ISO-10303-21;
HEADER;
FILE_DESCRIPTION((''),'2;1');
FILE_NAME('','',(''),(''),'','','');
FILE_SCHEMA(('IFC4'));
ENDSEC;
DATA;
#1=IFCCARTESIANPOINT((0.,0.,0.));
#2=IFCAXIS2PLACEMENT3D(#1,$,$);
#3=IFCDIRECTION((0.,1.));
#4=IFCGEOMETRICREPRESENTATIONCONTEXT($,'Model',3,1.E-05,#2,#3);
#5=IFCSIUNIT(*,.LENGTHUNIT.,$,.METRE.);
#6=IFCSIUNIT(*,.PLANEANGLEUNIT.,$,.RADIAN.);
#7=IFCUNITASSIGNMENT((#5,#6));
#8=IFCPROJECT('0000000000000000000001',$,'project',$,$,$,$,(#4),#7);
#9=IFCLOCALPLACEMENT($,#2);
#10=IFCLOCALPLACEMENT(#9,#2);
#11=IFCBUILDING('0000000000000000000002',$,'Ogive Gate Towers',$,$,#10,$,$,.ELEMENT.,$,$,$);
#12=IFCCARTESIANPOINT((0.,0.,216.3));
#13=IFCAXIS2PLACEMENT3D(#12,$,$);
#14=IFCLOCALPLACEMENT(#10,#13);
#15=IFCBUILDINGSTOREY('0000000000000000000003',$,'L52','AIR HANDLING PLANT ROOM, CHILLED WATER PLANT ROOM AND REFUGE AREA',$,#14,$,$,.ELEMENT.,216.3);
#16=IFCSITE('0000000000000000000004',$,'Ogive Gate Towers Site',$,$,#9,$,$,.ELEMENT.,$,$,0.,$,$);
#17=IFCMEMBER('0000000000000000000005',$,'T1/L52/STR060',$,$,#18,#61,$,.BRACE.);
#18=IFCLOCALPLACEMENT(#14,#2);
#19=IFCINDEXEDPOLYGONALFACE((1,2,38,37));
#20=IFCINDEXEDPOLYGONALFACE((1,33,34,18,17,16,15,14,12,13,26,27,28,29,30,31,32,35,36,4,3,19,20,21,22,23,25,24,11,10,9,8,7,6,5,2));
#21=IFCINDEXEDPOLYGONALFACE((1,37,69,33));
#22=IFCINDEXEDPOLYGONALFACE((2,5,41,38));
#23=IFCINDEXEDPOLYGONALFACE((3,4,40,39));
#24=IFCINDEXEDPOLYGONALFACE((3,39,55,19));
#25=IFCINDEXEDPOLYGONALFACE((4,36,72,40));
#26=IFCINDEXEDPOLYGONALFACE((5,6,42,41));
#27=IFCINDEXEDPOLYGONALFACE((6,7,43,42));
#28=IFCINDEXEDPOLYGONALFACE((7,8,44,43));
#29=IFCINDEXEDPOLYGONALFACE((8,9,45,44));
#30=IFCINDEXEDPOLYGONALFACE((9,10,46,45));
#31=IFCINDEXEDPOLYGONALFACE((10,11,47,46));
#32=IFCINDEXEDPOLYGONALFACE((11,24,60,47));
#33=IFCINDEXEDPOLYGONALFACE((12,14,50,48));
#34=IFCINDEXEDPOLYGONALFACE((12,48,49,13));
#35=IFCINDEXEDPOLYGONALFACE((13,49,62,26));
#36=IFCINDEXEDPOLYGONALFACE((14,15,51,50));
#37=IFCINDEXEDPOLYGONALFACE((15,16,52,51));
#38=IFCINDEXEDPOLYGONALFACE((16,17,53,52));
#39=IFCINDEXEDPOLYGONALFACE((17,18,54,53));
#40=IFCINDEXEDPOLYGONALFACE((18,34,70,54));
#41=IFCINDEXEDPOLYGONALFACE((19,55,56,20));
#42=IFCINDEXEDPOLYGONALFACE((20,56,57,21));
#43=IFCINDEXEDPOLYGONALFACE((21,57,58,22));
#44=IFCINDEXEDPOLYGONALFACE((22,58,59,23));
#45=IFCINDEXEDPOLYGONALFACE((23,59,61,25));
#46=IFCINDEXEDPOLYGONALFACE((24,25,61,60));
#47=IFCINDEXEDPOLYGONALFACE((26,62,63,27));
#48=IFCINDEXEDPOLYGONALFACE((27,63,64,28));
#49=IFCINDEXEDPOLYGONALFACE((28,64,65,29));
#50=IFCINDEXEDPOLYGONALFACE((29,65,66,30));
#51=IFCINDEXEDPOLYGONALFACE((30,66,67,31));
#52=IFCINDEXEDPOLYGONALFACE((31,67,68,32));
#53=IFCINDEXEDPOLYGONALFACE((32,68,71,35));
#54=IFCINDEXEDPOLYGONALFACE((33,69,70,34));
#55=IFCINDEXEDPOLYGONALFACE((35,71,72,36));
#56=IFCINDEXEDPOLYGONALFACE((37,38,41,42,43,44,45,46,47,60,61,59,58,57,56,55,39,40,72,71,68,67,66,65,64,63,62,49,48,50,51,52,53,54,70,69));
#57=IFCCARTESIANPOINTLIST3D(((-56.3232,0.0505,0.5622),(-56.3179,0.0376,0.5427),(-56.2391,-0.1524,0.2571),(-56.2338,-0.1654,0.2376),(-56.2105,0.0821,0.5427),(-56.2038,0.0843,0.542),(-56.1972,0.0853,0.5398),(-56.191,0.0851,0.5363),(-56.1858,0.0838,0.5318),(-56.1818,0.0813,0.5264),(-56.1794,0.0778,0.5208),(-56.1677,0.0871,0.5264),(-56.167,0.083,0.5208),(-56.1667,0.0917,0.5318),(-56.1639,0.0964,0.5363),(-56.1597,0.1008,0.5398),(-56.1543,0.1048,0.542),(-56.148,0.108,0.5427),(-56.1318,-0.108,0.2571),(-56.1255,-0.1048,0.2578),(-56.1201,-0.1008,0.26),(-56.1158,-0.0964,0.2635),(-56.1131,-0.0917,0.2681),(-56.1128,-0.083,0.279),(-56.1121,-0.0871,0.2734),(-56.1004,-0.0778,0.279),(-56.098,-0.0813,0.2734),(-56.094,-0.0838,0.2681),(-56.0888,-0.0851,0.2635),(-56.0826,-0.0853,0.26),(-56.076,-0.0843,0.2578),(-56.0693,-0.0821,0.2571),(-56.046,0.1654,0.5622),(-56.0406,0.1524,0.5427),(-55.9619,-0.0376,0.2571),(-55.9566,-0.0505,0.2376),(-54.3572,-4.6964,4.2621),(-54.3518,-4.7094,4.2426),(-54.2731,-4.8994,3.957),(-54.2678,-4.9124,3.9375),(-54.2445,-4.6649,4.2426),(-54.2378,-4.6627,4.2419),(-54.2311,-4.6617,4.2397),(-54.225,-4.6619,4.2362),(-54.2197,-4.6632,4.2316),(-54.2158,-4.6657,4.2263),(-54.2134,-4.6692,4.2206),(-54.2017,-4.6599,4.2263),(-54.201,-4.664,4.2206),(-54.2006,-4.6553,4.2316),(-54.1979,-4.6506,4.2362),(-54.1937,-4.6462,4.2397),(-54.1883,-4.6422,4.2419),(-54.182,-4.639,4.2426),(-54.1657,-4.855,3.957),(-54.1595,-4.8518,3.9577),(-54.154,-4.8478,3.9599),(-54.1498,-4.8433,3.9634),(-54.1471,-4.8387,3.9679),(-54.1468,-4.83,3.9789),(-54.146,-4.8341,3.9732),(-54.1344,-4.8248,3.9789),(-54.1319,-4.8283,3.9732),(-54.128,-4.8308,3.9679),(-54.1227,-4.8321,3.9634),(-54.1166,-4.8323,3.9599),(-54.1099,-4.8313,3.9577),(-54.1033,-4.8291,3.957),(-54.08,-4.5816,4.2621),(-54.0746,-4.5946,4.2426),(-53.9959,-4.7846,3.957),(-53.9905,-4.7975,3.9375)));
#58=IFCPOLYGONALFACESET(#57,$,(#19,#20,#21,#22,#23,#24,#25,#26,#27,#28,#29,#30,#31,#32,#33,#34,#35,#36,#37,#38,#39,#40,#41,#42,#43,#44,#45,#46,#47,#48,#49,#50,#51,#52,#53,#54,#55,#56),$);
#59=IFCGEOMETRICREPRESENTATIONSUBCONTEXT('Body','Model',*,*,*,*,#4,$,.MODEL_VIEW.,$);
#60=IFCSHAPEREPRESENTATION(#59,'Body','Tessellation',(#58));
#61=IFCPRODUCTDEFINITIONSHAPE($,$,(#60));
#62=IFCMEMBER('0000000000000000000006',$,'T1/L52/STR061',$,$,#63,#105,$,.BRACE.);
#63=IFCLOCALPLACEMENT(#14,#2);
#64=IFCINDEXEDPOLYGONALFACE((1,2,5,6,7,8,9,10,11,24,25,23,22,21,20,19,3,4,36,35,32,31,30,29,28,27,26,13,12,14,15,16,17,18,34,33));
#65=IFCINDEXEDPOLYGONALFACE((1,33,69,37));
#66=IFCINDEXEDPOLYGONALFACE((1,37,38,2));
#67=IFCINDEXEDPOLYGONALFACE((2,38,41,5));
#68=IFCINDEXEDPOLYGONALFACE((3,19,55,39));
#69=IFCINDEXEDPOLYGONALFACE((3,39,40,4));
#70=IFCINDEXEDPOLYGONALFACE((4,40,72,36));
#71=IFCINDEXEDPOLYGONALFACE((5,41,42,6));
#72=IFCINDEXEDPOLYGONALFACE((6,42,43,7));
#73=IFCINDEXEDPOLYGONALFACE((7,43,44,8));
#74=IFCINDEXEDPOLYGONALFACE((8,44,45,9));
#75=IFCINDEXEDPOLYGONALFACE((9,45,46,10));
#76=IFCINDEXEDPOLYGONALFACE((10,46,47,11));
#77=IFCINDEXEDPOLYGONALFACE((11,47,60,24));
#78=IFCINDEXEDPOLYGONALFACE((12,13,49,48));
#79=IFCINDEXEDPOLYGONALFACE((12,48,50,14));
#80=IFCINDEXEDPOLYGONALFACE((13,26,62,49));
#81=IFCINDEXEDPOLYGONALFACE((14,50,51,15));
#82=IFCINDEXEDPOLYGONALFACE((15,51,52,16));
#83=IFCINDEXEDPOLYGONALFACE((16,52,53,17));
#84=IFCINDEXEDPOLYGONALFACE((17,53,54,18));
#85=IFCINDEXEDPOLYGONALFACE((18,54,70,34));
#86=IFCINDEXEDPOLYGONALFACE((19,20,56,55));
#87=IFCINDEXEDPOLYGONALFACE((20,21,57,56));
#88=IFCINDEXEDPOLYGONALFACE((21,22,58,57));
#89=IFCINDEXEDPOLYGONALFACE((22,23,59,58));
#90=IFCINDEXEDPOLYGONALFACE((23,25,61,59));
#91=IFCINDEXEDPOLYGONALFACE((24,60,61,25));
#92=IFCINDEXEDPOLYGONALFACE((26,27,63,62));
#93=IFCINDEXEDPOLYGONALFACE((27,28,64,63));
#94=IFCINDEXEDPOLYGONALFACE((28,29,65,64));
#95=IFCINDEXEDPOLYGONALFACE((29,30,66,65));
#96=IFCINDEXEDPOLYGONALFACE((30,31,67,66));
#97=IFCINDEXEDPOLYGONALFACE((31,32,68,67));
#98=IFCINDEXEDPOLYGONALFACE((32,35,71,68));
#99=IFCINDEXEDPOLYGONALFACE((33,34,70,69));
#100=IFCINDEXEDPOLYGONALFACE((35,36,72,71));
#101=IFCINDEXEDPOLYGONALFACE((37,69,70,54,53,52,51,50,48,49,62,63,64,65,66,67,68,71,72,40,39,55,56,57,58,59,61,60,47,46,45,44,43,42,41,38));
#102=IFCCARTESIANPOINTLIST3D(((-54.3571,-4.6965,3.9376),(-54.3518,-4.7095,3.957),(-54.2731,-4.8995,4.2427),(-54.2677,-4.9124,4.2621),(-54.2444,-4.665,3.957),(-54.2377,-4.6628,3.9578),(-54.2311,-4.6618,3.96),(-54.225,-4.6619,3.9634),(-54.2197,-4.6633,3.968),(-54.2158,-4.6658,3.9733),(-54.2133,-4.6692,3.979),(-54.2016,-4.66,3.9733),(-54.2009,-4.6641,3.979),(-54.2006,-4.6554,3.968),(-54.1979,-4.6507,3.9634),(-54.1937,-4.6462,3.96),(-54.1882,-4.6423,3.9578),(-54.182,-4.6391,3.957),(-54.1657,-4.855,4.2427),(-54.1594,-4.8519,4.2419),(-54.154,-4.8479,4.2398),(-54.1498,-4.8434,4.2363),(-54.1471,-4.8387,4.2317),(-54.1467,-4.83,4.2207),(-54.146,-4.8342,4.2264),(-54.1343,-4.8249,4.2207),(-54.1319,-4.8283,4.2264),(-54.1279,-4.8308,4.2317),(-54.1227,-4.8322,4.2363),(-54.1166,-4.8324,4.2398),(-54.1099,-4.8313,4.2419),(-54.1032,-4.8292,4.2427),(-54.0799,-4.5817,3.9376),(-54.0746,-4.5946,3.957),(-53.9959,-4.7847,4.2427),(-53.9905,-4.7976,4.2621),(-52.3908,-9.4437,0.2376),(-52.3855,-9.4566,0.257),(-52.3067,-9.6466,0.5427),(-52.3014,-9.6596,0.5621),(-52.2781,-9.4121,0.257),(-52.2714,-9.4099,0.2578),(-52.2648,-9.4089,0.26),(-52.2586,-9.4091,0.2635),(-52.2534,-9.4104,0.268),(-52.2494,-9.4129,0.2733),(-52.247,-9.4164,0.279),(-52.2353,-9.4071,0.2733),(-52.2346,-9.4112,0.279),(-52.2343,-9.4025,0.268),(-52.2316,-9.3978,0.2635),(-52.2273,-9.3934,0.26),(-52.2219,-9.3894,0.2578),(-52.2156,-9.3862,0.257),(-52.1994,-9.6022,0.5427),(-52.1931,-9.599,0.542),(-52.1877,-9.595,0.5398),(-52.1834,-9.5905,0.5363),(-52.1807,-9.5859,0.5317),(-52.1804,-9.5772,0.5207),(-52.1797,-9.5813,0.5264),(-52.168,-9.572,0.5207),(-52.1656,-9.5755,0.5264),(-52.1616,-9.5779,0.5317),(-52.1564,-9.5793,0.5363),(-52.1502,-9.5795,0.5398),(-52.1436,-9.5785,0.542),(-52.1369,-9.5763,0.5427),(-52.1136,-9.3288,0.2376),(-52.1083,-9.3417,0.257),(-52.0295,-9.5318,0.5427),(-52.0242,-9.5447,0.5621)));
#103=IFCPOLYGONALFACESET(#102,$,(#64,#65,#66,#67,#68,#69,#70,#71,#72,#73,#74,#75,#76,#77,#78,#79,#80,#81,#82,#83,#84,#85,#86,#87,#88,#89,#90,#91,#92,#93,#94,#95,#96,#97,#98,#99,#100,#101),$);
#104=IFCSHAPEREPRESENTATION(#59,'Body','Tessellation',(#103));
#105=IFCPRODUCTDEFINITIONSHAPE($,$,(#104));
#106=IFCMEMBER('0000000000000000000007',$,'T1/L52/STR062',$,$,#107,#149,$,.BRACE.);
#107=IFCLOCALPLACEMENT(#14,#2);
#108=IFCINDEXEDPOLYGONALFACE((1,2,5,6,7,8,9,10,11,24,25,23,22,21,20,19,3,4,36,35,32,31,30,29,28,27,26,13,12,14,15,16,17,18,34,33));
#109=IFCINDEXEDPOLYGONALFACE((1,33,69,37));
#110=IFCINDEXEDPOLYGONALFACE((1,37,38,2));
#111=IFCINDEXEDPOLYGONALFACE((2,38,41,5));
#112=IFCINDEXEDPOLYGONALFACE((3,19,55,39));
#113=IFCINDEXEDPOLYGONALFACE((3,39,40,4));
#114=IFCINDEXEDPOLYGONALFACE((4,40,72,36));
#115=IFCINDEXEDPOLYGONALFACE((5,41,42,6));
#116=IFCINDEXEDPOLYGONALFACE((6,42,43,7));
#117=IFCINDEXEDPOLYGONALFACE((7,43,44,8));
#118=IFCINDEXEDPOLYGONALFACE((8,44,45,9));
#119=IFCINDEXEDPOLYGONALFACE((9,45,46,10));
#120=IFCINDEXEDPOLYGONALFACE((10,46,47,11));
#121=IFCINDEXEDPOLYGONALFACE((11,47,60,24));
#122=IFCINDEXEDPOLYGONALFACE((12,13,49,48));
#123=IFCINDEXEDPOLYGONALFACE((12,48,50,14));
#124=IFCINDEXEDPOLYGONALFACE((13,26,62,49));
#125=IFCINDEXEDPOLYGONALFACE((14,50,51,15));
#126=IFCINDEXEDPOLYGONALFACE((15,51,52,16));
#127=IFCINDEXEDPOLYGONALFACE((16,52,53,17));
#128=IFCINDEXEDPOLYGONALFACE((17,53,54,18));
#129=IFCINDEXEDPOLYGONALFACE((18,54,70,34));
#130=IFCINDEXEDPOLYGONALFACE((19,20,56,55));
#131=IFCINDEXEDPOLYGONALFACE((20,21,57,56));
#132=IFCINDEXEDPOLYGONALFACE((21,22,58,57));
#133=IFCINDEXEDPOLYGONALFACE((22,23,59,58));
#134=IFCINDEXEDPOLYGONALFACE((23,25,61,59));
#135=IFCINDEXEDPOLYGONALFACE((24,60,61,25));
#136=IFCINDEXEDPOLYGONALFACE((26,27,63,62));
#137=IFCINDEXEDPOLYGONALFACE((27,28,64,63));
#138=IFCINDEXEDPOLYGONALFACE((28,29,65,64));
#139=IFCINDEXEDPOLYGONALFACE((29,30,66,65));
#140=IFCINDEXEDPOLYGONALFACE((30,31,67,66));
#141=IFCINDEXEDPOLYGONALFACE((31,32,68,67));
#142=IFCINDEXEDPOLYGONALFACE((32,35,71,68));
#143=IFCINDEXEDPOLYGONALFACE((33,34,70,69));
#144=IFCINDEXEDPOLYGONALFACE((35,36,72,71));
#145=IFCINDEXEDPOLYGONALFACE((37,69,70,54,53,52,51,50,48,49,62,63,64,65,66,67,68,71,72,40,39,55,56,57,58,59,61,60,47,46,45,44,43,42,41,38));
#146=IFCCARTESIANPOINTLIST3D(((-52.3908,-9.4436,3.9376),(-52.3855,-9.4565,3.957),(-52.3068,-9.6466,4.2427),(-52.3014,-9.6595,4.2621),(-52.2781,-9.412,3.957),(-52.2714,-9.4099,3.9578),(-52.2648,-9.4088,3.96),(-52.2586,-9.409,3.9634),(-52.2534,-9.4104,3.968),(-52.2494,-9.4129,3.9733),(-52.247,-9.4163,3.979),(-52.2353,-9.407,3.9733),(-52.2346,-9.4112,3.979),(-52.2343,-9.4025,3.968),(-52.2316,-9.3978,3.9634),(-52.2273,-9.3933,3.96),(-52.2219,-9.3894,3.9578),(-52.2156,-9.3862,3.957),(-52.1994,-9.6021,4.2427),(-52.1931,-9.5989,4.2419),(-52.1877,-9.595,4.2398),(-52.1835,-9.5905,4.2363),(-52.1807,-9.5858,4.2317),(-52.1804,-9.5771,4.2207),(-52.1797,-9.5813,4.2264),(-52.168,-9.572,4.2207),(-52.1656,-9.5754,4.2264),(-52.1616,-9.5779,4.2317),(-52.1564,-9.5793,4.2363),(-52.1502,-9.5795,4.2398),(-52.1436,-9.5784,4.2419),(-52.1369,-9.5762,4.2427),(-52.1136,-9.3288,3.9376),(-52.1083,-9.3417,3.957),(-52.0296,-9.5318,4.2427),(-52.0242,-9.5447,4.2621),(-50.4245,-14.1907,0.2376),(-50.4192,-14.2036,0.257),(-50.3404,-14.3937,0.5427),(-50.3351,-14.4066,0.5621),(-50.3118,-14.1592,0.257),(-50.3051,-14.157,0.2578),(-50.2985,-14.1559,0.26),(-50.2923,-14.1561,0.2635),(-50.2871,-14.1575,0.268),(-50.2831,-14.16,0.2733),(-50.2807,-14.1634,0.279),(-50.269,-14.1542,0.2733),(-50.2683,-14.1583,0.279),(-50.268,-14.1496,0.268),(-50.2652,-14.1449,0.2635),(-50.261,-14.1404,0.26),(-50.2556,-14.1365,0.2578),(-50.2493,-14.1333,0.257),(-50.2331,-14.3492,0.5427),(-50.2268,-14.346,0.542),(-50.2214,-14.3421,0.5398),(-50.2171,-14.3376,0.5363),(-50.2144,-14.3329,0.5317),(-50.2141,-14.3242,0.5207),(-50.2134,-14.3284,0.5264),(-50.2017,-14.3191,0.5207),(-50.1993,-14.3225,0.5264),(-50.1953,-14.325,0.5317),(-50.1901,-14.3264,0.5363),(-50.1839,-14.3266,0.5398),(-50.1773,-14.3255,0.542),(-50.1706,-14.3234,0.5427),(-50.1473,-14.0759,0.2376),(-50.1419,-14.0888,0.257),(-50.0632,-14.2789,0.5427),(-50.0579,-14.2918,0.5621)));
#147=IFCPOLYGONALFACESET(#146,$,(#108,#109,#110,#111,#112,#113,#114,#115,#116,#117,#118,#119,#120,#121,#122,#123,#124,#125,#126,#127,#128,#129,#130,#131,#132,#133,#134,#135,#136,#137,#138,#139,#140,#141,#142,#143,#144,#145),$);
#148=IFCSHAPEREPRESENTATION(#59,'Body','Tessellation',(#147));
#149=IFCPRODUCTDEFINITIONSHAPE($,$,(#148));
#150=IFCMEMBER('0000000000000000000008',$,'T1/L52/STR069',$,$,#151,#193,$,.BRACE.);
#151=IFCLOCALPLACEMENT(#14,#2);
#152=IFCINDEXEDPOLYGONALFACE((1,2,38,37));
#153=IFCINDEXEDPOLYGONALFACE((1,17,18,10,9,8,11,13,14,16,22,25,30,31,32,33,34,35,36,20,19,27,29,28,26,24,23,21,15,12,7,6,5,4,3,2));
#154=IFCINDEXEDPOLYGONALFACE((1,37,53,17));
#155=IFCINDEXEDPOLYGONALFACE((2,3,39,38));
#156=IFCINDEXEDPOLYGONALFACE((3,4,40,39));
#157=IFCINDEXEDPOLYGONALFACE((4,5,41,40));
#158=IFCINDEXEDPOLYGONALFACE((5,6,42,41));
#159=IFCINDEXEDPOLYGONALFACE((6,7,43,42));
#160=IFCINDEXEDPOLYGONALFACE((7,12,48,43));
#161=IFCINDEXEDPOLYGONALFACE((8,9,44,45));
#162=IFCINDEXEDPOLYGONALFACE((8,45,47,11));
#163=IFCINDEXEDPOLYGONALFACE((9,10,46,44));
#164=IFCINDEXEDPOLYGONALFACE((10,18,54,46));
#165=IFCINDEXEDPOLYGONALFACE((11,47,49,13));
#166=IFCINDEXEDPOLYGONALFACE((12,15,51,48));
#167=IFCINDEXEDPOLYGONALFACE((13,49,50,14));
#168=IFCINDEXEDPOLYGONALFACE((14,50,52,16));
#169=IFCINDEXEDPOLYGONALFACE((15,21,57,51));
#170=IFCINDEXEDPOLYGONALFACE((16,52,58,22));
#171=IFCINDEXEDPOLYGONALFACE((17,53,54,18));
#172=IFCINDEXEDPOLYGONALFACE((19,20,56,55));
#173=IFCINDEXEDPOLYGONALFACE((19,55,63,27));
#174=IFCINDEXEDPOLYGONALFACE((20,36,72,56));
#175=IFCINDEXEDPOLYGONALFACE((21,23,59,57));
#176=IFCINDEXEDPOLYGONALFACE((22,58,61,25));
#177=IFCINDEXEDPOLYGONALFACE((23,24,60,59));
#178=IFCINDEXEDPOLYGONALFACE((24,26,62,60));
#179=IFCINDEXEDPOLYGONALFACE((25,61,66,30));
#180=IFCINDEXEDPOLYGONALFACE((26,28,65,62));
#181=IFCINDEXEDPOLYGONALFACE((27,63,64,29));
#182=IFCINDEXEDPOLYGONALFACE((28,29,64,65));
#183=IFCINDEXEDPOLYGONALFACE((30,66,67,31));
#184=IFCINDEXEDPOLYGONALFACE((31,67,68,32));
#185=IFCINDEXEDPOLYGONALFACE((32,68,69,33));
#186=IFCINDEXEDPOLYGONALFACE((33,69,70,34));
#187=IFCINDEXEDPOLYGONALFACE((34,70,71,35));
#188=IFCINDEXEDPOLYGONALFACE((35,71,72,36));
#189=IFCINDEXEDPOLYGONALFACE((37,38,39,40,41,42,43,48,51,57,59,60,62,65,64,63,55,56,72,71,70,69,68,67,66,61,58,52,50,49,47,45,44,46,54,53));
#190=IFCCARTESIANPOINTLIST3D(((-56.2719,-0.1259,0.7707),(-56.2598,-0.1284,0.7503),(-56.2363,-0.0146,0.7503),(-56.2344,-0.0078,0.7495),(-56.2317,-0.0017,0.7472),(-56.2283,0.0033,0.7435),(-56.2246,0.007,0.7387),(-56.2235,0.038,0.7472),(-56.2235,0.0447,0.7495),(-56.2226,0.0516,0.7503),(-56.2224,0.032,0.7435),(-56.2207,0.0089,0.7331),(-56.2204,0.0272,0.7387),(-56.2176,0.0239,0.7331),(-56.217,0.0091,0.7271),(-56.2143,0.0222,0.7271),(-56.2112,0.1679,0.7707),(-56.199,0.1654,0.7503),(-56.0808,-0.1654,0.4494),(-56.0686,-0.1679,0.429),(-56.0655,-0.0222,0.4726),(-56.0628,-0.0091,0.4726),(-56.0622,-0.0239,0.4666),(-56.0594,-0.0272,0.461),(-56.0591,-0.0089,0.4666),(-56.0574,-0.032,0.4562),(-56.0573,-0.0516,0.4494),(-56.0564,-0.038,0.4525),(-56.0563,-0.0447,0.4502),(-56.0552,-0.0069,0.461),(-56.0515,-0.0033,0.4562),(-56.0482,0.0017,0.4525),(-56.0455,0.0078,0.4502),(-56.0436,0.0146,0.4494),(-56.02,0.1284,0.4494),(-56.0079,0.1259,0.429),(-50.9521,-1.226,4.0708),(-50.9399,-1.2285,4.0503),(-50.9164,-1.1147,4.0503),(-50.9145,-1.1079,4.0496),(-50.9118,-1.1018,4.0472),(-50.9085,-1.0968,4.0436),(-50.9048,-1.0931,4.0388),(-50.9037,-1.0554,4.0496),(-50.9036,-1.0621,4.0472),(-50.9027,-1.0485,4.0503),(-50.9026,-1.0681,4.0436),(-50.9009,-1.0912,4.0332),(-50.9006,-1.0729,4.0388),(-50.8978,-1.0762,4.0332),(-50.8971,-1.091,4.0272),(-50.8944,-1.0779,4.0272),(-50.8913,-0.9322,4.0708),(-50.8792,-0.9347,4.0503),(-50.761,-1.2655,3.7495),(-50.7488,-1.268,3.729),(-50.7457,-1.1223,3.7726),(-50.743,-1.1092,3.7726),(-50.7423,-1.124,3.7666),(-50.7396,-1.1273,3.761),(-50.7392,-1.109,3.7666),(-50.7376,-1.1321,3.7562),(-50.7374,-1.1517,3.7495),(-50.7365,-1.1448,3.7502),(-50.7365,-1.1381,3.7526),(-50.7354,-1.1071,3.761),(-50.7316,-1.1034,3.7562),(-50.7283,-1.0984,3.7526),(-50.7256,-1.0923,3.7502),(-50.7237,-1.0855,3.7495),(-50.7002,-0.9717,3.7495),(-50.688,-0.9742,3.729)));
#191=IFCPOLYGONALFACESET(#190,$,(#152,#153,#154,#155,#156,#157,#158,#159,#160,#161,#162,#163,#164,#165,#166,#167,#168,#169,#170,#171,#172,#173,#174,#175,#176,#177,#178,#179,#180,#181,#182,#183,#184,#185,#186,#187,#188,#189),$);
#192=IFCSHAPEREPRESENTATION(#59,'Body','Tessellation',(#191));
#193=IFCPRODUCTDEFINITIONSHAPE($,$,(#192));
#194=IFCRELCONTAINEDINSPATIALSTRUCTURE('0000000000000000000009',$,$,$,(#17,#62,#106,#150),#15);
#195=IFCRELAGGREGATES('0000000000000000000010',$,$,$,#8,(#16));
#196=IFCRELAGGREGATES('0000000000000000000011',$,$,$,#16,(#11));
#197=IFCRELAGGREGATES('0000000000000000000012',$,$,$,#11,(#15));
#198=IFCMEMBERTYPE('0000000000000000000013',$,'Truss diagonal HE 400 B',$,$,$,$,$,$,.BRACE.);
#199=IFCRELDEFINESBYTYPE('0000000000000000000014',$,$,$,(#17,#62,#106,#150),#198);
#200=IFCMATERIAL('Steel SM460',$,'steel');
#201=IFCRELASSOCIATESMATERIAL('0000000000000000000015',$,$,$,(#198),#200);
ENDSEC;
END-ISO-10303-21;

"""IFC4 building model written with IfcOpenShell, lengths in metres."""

from ifc_helpers import new_model, si_unit, direction, frame, origin, origin_2d, place, context, subcontext, project, spatial, i_section, extrude, material, material_profile, profile_set, type_object, element, save


model = new_model("IFC4")

# Units and contexts
model_context = context("Model", 3, precision=1e-05, world=origin(), true_north=direction((0.0, 1.0)))
body_context = subcontext(model_context, "Body", "Model", "MODEL_VIEW")
ifc_project = project(units=[si_unit("LENGTHUNIT", "METRE"), si_unit("PLANEANGLEUNIT", "RADIAN")], contexts=[model_context])

# Site, building, storey
site_placement = place(None, origin())
site = spatial("IfcSite", under=ifc_project, at=site_placement, Name="Ogive Gate Towers Site", CompositionType="ELEMENT", RefElevation=0.0)
building_placement = place(site_placement, origin())
building = spatial("IfcBuilding", under=site, at=building_placement, Name="Ogive Gate Towers", CompositionType="ELEMENT")
storey_placement = place(building_placement, frame((0.0, 0.0, 216.3)))
storey = spatial("IfcBuildingStorey", under=building, at=storey_placement, Name="L52", Description="AIR HANDLING PLANT ROOM, CHILLED WATER PLANT ROOM AND REFUGE AREA", CompositionType="ELEMENT", Elevation=216.3)

# Shared definitions
ifc_material_1 = material(Name="Steel SM460", Category="steel")

# Members
ifc_material_profile_1 = material_profile(ifc_material_1, i_section(OverallWidth=0.3, OverallDepth=0.3999, WebThickness=0.0134, FlangeThickness=0.0239, FilletRadius=0.0271, at=origin_2d()), Name="HE 400 B")
ifc_profile_set_1 = profile_set([ifc_material_profile_1], Name="Steel SM460")
member_type_1 = type_object("IfcMemberType", Name="Truss diagonal HE 400 B", PredefinedType="BRACE", material=ifc_profile_set_1)
member_1_placement = place(storey_placement, frame((-56.1399, 0.0, 0.3999), z_axis=(0.310514, -0.749737, 0.584359), x_axis=(0.923896, 0.382644, 0.0)))
element("IfcMember", 1, at=member_1_placement, inside=storey, type_object=member_type_1, Name="T1/L52/STR060", PredefinedType="BRACE", context=body_context, shape_type="SweptSolid", body=[
    extrude(i_section(OverallWidth=0.3, OverallDepth=0.3999, WebThickness=0.0134, FlangeThickness=0.0239, FilletRadius=0.0271, at=origin_2d()), origin(), (0.0, 0.0, 1.0), 6.3315),
])
for number, where, z_axis, x_axis, name in (
    (2, (-54.1738, -4.7471, 4.0999), (0.310549, -0.749728, -0.584352), (0.923879, 0.382685, 0.0), "T1/L52/STR061"),
    (3, (-52.2075, -9.4941, 4.0999), (0.310549, -0.749728, -0.584352), (0.923879, 0.382685, 0.0), "T1/L52/STR062"),
):
    element("IfcMember", number, at=place(storey_placement, frame(where, z_axis=z_axis, x_axis=x_axis)), inside=storey, type_object=member_type_1, Name=name, PredefinedType="BRACE", context=body_context, shape_type="SweptSolid", body=[
        extrude(i_section(OverallWidth=0.3, OverallDepth=0.3999, WebThickness=0.0134, FlangeThickness=0.0239, FilletRadius=0.0271, at=origin_2d()), origin(), (0.0, 0.0, 1.0), 6.3318),
    ])
member_2_placement = place(storey_placement, frame((-50.8201, -1.1001, 3.8999), z_axis=(-0.836953, 0.173075, -0.519187), x_axis=(-0.202508, -0.979281, 0.0)))
element("IfcMember", 4, at=member_2_placement, inside=storey, type_object=member_type_1, Name="T1/L52/STR069", PredefinedType="BRACE", context=body_context, shape_type="SweptSolid", body=[
    extrude(i_section(OverallWidth=0.3, OverallDepth=0.3999, WebThickness=0.0134, FlangeThickness=0.0239, FilletRadius=0.0271, at=origin_2d()), origin(), (0.0, 0.0, 1.0), 6.3562),
])

save(model, "model.ifc")
